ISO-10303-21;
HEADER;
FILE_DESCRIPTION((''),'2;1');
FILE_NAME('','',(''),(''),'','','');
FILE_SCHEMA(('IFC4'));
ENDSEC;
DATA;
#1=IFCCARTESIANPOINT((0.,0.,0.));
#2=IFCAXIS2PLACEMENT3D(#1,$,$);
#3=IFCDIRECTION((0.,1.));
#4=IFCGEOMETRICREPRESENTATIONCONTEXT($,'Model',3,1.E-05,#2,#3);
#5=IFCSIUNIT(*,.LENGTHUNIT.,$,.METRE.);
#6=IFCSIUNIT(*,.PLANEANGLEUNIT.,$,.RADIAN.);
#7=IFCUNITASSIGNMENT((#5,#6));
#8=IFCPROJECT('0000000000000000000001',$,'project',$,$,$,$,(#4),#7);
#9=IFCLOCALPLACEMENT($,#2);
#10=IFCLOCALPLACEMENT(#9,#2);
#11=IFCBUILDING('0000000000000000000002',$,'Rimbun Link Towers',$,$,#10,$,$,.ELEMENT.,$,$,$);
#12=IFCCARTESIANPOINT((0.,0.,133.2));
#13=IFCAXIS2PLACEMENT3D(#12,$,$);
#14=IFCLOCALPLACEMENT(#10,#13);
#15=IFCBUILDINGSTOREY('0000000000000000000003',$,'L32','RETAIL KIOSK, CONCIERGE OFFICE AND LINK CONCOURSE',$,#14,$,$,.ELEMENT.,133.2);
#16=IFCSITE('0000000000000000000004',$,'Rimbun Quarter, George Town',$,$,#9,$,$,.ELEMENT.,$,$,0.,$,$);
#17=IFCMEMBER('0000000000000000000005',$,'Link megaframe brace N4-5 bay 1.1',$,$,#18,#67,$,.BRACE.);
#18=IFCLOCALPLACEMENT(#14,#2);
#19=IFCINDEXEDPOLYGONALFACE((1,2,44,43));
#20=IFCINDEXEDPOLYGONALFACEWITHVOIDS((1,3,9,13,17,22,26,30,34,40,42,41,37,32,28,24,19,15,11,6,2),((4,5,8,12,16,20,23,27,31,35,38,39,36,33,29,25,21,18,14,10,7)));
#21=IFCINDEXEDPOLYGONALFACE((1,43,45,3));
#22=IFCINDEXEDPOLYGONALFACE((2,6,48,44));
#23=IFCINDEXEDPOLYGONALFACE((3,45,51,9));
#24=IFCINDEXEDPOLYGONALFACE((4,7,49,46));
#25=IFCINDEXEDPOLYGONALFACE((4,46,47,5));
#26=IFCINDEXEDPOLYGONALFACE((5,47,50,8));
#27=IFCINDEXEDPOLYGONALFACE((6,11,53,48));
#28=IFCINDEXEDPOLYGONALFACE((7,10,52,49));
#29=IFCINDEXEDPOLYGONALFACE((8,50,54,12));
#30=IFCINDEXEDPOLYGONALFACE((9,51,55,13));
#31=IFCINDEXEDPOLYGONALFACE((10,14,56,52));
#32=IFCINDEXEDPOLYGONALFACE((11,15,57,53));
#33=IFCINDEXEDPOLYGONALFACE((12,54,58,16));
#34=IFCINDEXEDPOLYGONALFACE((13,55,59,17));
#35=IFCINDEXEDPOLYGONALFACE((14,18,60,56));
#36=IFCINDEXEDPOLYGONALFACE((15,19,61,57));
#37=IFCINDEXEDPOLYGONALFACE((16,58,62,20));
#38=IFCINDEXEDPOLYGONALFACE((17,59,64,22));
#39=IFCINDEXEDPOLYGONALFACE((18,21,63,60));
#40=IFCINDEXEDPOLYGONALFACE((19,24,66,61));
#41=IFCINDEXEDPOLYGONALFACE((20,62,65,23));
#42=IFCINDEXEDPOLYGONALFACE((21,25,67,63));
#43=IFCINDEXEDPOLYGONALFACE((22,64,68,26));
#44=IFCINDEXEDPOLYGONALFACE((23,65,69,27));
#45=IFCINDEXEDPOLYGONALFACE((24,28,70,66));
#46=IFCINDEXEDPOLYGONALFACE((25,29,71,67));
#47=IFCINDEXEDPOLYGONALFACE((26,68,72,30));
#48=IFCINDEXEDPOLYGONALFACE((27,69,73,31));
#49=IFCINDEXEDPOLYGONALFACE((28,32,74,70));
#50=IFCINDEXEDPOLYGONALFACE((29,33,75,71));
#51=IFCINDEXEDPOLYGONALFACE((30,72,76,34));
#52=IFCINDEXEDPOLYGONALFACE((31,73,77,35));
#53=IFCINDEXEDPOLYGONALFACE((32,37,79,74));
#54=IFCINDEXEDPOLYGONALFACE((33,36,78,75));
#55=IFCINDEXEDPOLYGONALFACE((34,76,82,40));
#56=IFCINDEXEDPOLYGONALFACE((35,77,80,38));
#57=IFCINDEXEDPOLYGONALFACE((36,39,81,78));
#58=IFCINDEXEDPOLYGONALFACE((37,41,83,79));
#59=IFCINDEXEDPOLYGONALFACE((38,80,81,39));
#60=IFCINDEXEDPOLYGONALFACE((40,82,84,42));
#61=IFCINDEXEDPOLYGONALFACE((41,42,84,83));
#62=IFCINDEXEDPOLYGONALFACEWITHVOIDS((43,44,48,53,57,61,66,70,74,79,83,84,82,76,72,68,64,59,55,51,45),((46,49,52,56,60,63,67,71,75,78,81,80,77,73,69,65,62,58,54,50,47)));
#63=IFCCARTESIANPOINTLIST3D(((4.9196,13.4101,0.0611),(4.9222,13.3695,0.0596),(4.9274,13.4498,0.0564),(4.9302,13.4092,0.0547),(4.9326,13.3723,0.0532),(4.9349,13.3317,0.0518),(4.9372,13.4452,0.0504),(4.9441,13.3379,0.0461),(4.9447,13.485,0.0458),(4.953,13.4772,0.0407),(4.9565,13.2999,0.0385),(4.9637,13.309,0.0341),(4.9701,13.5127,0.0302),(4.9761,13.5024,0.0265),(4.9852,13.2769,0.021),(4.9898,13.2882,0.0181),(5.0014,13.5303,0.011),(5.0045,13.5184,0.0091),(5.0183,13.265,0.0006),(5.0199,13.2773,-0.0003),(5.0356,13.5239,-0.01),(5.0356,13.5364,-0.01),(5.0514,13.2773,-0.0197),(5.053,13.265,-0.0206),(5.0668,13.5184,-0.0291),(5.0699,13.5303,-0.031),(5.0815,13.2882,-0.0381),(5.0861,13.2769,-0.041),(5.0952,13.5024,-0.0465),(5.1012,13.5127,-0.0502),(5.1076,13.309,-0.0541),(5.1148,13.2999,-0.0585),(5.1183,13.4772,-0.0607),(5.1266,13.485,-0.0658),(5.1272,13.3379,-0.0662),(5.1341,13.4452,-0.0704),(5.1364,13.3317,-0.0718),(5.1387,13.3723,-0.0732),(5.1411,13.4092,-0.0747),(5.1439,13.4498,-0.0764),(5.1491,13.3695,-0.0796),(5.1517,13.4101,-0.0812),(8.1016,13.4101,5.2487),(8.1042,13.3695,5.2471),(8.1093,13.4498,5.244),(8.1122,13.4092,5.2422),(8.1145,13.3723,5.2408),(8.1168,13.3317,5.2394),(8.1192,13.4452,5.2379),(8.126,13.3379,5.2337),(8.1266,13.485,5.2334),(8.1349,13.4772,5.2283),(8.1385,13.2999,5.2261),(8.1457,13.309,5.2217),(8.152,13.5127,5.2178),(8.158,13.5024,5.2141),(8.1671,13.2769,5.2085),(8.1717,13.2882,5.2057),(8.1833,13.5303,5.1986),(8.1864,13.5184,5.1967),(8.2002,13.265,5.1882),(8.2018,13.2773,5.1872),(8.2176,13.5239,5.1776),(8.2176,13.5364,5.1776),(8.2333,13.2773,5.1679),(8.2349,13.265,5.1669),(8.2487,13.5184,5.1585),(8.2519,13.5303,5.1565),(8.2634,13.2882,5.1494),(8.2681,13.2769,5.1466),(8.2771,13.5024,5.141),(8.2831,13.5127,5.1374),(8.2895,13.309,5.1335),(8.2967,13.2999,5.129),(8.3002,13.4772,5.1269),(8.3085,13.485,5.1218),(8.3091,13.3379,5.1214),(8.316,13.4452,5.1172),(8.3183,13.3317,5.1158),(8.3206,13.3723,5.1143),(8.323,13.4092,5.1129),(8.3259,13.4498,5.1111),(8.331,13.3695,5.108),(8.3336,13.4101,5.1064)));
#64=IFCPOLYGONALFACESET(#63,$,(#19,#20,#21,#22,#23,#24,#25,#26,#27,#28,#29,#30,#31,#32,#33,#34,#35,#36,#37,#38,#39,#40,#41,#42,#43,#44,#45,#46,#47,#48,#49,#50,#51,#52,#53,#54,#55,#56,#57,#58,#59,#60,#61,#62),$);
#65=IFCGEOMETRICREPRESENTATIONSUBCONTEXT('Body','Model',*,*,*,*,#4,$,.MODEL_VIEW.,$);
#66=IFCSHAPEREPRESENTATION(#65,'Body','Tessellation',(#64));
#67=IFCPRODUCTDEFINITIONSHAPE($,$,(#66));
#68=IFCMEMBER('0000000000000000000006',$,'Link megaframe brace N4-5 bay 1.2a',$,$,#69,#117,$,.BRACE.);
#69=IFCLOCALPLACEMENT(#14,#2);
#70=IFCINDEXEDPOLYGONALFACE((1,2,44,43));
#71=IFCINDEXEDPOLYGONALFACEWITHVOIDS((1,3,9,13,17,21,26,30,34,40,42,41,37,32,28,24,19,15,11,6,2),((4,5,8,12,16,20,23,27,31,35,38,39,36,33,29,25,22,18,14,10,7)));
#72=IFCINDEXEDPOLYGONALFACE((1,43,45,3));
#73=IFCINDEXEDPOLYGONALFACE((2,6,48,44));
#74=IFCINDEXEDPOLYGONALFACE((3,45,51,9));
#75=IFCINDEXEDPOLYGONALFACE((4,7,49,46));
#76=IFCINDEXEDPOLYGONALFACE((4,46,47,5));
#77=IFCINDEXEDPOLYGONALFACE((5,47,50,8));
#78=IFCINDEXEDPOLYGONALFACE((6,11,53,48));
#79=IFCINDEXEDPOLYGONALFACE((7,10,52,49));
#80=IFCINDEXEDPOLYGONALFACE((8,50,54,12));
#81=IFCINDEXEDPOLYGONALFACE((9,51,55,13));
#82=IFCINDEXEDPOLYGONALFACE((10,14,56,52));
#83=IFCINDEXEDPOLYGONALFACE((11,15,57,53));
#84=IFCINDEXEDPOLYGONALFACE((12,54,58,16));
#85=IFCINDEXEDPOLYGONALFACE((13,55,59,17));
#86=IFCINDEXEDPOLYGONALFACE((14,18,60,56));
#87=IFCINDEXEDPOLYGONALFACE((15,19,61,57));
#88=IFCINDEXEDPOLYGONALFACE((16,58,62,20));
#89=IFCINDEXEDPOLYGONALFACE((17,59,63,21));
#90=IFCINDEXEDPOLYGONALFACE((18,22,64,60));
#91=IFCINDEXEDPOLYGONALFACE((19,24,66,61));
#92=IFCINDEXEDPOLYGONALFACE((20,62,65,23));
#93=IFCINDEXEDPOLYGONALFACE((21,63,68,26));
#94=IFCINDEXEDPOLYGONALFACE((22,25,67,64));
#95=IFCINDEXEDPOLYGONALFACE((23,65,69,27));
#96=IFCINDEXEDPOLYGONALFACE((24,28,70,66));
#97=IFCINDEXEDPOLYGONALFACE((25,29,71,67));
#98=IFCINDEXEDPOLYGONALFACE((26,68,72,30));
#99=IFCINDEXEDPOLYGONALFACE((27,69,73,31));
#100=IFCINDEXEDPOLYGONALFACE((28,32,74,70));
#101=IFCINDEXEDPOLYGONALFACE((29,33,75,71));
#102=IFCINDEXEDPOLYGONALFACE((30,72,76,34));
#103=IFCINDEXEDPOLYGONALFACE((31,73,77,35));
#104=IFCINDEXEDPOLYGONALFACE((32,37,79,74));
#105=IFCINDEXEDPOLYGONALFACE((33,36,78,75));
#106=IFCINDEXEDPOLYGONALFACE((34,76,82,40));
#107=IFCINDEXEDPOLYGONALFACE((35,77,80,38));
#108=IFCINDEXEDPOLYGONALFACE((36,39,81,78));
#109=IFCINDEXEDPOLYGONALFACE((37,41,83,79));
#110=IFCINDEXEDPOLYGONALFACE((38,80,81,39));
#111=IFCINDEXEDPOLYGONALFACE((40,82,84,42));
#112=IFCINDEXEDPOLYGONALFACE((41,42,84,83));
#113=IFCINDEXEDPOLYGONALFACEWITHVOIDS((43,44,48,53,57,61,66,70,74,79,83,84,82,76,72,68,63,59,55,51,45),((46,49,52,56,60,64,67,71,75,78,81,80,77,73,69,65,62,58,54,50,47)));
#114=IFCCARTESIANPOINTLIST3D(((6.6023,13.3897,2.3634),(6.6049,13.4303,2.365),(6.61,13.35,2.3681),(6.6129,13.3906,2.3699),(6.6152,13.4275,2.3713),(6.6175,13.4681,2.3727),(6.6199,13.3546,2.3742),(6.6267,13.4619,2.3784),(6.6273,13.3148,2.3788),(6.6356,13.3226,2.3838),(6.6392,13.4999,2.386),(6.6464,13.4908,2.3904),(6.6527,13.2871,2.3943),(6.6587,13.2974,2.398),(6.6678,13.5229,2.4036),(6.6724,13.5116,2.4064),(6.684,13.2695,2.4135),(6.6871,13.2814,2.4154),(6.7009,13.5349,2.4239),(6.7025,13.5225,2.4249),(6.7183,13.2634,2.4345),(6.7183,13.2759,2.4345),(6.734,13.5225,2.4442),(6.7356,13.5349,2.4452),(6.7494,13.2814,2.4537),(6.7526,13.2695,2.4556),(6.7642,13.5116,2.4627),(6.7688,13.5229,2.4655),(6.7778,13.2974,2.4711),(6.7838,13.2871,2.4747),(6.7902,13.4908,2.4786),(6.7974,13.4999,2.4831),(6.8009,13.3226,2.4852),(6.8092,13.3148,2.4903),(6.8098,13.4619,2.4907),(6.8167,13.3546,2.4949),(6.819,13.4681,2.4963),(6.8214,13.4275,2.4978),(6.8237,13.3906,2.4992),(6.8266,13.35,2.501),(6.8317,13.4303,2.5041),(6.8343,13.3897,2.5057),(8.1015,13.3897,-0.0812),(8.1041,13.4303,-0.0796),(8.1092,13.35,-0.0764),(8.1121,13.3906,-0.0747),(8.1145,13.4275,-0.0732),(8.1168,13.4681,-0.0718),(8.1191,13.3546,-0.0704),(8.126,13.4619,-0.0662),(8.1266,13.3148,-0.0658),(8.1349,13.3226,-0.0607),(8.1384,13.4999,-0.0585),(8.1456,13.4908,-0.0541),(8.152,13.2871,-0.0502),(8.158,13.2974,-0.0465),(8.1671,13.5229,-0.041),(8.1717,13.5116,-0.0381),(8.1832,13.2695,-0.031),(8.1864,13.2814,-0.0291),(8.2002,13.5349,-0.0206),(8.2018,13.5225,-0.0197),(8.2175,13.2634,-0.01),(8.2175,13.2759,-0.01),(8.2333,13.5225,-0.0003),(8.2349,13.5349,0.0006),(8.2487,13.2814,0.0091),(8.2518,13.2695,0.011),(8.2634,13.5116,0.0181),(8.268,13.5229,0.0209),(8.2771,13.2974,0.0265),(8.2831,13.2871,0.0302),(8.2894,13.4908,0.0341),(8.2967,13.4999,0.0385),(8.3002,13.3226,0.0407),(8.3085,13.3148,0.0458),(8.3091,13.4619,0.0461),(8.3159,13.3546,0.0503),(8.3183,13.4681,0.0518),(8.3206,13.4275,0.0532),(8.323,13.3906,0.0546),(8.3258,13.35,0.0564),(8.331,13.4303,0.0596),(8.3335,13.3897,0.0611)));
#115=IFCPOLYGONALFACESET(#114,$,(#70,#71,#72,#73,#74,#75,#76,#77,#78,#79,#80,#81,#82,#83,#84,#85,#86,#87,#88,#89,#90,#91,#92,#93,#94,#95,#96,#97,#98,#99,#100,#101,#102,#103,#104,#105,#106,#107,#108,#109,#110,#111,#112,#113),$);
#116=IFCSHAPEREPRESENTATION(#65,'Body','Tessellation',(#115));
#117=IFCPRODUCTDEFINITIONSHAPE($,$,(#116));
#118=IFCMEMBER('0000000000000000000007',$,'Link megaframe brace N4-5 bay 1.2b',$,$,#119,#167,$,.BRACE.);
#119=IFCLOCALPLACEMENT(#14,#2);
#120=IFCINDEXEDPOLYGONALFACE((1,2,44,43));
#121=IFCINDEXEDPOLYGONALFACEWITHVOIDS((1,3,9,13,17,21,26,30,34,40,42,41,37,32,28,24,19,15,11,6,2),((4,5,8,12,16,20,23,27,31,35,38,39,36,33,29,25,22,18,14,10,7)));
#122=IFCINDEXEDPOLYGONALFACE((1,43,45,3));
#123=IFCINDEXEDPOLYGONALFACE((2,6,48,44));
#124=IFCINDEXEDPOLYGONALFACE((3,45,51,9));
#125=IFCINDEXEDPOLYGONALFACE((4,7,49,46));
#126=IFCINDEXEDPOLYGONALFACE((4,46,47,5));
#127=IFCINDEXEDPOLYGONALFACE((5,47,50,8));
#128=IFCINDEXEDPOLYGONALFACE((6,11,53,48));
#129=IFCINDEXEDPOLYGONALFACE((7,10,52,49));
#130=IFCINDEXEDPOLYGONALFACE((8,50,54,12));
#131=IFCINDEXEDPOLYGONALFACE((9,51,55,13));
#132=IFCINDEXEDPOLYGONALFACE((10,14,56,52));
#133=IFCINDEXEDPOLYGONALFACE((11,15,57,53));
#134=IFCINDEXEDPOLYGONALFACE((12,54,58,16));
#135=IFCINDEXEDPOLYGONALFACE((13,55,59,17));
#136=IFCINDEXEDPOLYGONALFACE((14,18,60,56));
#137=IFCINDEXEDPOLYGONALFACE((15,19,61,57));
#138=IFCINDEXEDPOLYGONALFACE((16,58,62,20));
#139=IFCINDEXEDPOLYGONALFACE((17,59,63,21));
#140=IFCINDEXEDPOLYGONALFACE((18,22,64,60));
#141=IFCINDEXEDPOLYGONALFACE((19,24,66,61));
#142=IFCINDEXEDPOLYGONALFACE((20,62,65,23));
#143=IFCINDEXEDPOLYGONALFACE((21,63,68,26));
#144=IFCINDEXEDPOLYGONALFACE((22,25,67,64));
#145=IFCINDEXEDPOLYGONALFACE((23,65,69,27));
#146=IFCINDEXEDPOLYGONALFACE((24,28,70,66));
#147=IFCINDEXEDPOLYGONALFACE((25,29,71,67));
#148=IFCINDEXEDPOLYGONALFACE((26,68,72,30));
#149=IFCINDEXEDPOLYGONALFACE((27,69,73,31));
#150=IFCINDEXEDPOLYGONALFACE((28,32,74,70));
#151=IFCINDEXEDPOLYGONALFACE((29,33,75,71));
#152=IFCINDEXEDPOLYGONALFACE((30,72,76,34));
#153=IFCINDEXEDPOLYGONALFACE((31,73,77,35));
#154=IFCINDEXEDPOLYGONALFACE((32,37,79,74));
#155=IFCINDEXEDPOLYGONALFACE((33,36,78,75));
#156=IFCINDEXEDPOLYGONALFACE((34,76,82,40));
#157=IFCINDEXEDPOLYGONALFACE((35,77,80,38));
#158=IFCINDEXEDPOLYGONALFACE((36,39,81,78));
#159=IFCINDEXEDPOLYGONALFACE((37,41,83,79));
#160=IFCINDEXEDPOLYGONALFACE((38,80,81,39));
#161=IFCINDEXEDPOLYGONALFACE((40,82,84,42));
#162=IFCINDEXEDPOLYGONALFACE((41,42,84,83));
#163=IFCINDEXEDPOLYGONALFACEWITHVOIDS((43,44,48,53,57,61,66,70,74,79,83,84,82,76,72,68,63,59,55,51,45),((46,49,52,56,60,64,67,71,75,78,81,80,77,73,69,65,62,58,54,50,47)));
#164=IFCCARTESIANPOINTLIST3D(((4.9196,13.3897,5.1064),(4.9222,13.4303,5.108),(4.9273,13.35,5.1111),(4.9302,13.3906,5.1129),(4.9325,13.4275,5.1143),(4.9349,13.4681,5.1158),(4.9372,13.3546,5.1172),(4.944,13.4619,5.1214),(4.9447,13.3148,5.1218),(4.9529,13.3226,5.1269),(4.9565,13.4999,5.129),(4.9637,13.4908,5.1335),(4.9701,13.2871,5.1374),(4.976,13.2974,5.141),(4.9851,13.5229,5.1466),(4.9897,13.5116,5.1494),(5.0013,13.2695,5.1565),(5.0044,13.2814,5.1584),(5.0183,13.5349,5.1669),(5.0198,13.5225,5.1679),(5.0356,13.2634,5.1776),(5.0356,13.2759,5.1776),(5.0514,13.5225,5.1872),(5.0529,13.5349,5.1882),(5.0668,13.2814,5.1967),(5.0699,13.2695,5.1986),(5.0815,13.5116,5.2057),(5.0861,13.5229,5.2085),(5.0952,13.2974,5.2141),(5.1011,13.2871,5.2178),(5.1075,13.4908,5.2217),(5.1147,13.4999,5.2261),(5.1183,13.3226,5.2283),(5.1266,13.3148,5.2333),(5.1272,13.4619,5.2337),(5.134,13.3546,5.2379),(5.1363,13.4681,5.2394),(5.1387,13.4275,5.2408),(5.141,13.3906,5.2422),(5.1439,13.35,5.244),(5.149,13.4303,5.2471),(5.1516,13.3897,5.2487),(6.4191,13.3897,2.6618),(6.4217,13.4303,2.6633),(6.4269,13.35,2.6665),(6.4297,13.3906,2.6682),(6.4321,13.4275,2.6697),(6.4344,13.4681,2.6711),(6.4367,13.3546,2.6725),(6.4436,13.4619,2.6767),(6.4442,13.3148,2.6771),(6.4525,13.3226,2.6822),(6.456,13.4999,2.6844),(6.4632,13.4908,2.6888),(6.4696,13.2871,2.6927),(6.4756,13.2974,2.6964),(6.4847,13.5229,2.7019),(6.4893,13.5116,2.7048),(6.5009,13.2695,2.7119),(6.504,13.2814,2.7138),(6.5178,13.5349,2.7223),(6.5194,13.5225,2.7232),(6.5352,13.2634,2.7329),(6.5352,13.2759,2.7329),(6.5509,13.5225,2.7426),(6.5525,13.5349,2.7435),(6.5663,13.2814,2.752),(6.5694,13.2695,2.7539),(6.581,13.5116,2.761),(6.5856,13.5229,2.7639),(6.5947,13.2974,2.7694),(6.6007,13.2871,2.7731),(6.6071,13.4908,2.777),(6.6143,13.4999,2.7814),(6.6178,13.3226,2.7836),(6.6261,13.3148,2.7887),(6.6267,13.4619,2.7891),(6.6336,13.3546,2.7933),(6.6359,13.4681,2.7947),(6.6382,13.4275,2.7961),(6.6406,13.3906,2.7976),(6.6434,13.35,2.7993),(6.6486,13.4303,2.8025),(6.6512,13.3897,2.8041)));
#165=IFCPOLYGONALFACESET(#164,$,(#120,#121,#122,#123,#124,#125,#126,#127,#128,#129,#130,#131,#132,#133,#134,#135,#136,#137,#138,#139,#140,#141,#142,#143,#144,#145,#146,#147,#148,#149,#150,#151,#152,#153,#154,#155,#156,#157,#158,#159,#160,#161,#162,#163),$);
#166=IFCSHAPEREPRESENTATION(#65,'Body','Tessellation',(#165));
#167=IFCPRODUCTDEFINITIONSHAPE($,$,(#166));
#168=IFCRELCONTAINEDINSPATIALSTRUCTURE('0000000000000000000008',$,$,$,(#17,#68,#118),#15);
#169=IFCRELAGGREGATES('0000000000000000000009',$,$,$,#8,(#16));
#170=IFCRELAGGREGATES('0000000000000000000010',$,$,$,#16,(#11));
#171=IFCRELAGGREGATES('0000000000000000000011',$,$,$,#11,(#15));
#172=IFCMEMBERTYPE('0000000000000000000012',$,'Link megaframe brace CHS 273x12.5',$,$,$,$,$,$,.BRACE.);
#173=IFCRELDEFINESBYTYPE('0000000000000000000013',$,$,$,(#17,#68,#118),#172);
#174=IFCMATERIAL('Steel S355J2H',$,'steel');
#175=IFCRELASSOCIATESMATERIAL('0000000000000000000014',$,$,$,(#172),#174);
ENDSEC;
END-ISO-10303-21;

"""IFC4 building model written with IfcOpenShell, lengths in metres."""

from ifc_helpers import new_model, si_unit, direction, frame, origin, origin_2d, place, context, subcontext, project, spatial, hollow_circle, extrude, material, material_profile, profile_set, type_object, element, save


model = new_model("IFC4")

# Units and contexts
model_context = context("Model", 3, precision=1e-05, world=origin(), true_north=direction((0.0, 1.0)))
body_context = subcontext(model_context, "Body", "Model", "MODEL_VIEW")
ifc_project = project(units=[si_unit("LENGTHUNIT", "METRE"), si_unit("PLANEANGLEUNIT", "RADIAN")], contexts=[model_context])

# Site, building, storey
site_placement = place(None, origin())
site = spatial("IfcSite", under=ifc_project, at=site_placement, Name="Rimbun Quarter, George Town", CompositionType="ELEMENT", RefElevation=0.0)
building_placement = place(site_placement, origin())
building = spatial("IfcBuilding", under=site, at=building_placement, Name="Rimbun Link Towers", CompositionType="ELEMENT")
storey_placement = place(building_placement, frame((0.0, 0.0, 133.2)))
storey = spatial("IfcBuildingStorey", under=building, at=storey_placement, Name="L32", Description="RETAIL KIOSK, CONCIERGE OFFICE AND LINK CONCOURSE", CompositionType="ELEMENT", Elevation=133.2)

# Members
ifc_material_1 = material(Name="Steel S355J2H", Category="steel")
ifc_material_profile_1 = material_profile(ifc_material_1, hollow_circle(Radius=0.1365, WallThickness=0.0125, at=origin_2d()), Name="CHS 273x12.5")
ifc_profile_set_1 = profile_set([ifc_material_profile_1], Name="Steel S355J2H")
member_type_1 = type_object("IfcMemberType", Name="Link megaframe brace CHS 273x12.5", PredefinedType="BRACE", material=ifc_profile_set_1)
member_1_placement = place(storey_placement, frame((5.0356, 13.3999, -0.01), z_axis=(0.522855, 0.0, 0.852422), x_axis=(0.0, 1.0, 0.0)))
element("IfcMember", 1, at=member_1_placement, inside=storey, type_object=member_type_1, Name="Link megaframe brace N4-5 bay 1.1", PredefinedType="BRACE", context=body_context, shape_type="SweptSolid", body=[
    extrude(hollow_circle(Radius=0.1365, WallThickness=0.0125, at=origin_2d()), origin(), (0.0, 0.0, 1.0), 6.0857),
])
member_2_placement = place(storey_placement, frame((8.2175, 13.3999, -0.01), z_axis=(-0.52281, 0.0, 0.852449), x_axis=(0.0, -1.0, 0.0)))
element("IfcMember", 2, at=member_2_placement, inside=storey, type_object=member_type_1, Name="Link megaframe brace N4-5 bay 1.2a", PredefinedType="BRACE", context=body_context, shape_type="SweptSolid", body=[
    extrude(hollow_circle(Radius=0.1365, WallThickness=0.0125, at=origin_2d()), origin(), (0.0, 0.0, 1.0), 2.8677),
])
member_3_placement = place(storey_placement, frame((6.5352, 13.3999, 2.7329), z_axis=(-0.522871, 0.0, 0.852412), x_axis=(0.0, -1.0, 0.0)))
element("IfcMember", 3, at=member_3_placement, inside=storey, type_object=member_type_1, Name="Link megaframe brace N4-5 bay 1.2b", PredefinedType="BRACE", context=body_context, shape_type="SweptSolid", body=[
    extrude(hollow_circle(Radius=0.1365, WallThickness=0.0125, at=origin_2d()), origin(), (0.0, 0.0, 1.0), 2.8679),
])

save(model, "model.ifc")
